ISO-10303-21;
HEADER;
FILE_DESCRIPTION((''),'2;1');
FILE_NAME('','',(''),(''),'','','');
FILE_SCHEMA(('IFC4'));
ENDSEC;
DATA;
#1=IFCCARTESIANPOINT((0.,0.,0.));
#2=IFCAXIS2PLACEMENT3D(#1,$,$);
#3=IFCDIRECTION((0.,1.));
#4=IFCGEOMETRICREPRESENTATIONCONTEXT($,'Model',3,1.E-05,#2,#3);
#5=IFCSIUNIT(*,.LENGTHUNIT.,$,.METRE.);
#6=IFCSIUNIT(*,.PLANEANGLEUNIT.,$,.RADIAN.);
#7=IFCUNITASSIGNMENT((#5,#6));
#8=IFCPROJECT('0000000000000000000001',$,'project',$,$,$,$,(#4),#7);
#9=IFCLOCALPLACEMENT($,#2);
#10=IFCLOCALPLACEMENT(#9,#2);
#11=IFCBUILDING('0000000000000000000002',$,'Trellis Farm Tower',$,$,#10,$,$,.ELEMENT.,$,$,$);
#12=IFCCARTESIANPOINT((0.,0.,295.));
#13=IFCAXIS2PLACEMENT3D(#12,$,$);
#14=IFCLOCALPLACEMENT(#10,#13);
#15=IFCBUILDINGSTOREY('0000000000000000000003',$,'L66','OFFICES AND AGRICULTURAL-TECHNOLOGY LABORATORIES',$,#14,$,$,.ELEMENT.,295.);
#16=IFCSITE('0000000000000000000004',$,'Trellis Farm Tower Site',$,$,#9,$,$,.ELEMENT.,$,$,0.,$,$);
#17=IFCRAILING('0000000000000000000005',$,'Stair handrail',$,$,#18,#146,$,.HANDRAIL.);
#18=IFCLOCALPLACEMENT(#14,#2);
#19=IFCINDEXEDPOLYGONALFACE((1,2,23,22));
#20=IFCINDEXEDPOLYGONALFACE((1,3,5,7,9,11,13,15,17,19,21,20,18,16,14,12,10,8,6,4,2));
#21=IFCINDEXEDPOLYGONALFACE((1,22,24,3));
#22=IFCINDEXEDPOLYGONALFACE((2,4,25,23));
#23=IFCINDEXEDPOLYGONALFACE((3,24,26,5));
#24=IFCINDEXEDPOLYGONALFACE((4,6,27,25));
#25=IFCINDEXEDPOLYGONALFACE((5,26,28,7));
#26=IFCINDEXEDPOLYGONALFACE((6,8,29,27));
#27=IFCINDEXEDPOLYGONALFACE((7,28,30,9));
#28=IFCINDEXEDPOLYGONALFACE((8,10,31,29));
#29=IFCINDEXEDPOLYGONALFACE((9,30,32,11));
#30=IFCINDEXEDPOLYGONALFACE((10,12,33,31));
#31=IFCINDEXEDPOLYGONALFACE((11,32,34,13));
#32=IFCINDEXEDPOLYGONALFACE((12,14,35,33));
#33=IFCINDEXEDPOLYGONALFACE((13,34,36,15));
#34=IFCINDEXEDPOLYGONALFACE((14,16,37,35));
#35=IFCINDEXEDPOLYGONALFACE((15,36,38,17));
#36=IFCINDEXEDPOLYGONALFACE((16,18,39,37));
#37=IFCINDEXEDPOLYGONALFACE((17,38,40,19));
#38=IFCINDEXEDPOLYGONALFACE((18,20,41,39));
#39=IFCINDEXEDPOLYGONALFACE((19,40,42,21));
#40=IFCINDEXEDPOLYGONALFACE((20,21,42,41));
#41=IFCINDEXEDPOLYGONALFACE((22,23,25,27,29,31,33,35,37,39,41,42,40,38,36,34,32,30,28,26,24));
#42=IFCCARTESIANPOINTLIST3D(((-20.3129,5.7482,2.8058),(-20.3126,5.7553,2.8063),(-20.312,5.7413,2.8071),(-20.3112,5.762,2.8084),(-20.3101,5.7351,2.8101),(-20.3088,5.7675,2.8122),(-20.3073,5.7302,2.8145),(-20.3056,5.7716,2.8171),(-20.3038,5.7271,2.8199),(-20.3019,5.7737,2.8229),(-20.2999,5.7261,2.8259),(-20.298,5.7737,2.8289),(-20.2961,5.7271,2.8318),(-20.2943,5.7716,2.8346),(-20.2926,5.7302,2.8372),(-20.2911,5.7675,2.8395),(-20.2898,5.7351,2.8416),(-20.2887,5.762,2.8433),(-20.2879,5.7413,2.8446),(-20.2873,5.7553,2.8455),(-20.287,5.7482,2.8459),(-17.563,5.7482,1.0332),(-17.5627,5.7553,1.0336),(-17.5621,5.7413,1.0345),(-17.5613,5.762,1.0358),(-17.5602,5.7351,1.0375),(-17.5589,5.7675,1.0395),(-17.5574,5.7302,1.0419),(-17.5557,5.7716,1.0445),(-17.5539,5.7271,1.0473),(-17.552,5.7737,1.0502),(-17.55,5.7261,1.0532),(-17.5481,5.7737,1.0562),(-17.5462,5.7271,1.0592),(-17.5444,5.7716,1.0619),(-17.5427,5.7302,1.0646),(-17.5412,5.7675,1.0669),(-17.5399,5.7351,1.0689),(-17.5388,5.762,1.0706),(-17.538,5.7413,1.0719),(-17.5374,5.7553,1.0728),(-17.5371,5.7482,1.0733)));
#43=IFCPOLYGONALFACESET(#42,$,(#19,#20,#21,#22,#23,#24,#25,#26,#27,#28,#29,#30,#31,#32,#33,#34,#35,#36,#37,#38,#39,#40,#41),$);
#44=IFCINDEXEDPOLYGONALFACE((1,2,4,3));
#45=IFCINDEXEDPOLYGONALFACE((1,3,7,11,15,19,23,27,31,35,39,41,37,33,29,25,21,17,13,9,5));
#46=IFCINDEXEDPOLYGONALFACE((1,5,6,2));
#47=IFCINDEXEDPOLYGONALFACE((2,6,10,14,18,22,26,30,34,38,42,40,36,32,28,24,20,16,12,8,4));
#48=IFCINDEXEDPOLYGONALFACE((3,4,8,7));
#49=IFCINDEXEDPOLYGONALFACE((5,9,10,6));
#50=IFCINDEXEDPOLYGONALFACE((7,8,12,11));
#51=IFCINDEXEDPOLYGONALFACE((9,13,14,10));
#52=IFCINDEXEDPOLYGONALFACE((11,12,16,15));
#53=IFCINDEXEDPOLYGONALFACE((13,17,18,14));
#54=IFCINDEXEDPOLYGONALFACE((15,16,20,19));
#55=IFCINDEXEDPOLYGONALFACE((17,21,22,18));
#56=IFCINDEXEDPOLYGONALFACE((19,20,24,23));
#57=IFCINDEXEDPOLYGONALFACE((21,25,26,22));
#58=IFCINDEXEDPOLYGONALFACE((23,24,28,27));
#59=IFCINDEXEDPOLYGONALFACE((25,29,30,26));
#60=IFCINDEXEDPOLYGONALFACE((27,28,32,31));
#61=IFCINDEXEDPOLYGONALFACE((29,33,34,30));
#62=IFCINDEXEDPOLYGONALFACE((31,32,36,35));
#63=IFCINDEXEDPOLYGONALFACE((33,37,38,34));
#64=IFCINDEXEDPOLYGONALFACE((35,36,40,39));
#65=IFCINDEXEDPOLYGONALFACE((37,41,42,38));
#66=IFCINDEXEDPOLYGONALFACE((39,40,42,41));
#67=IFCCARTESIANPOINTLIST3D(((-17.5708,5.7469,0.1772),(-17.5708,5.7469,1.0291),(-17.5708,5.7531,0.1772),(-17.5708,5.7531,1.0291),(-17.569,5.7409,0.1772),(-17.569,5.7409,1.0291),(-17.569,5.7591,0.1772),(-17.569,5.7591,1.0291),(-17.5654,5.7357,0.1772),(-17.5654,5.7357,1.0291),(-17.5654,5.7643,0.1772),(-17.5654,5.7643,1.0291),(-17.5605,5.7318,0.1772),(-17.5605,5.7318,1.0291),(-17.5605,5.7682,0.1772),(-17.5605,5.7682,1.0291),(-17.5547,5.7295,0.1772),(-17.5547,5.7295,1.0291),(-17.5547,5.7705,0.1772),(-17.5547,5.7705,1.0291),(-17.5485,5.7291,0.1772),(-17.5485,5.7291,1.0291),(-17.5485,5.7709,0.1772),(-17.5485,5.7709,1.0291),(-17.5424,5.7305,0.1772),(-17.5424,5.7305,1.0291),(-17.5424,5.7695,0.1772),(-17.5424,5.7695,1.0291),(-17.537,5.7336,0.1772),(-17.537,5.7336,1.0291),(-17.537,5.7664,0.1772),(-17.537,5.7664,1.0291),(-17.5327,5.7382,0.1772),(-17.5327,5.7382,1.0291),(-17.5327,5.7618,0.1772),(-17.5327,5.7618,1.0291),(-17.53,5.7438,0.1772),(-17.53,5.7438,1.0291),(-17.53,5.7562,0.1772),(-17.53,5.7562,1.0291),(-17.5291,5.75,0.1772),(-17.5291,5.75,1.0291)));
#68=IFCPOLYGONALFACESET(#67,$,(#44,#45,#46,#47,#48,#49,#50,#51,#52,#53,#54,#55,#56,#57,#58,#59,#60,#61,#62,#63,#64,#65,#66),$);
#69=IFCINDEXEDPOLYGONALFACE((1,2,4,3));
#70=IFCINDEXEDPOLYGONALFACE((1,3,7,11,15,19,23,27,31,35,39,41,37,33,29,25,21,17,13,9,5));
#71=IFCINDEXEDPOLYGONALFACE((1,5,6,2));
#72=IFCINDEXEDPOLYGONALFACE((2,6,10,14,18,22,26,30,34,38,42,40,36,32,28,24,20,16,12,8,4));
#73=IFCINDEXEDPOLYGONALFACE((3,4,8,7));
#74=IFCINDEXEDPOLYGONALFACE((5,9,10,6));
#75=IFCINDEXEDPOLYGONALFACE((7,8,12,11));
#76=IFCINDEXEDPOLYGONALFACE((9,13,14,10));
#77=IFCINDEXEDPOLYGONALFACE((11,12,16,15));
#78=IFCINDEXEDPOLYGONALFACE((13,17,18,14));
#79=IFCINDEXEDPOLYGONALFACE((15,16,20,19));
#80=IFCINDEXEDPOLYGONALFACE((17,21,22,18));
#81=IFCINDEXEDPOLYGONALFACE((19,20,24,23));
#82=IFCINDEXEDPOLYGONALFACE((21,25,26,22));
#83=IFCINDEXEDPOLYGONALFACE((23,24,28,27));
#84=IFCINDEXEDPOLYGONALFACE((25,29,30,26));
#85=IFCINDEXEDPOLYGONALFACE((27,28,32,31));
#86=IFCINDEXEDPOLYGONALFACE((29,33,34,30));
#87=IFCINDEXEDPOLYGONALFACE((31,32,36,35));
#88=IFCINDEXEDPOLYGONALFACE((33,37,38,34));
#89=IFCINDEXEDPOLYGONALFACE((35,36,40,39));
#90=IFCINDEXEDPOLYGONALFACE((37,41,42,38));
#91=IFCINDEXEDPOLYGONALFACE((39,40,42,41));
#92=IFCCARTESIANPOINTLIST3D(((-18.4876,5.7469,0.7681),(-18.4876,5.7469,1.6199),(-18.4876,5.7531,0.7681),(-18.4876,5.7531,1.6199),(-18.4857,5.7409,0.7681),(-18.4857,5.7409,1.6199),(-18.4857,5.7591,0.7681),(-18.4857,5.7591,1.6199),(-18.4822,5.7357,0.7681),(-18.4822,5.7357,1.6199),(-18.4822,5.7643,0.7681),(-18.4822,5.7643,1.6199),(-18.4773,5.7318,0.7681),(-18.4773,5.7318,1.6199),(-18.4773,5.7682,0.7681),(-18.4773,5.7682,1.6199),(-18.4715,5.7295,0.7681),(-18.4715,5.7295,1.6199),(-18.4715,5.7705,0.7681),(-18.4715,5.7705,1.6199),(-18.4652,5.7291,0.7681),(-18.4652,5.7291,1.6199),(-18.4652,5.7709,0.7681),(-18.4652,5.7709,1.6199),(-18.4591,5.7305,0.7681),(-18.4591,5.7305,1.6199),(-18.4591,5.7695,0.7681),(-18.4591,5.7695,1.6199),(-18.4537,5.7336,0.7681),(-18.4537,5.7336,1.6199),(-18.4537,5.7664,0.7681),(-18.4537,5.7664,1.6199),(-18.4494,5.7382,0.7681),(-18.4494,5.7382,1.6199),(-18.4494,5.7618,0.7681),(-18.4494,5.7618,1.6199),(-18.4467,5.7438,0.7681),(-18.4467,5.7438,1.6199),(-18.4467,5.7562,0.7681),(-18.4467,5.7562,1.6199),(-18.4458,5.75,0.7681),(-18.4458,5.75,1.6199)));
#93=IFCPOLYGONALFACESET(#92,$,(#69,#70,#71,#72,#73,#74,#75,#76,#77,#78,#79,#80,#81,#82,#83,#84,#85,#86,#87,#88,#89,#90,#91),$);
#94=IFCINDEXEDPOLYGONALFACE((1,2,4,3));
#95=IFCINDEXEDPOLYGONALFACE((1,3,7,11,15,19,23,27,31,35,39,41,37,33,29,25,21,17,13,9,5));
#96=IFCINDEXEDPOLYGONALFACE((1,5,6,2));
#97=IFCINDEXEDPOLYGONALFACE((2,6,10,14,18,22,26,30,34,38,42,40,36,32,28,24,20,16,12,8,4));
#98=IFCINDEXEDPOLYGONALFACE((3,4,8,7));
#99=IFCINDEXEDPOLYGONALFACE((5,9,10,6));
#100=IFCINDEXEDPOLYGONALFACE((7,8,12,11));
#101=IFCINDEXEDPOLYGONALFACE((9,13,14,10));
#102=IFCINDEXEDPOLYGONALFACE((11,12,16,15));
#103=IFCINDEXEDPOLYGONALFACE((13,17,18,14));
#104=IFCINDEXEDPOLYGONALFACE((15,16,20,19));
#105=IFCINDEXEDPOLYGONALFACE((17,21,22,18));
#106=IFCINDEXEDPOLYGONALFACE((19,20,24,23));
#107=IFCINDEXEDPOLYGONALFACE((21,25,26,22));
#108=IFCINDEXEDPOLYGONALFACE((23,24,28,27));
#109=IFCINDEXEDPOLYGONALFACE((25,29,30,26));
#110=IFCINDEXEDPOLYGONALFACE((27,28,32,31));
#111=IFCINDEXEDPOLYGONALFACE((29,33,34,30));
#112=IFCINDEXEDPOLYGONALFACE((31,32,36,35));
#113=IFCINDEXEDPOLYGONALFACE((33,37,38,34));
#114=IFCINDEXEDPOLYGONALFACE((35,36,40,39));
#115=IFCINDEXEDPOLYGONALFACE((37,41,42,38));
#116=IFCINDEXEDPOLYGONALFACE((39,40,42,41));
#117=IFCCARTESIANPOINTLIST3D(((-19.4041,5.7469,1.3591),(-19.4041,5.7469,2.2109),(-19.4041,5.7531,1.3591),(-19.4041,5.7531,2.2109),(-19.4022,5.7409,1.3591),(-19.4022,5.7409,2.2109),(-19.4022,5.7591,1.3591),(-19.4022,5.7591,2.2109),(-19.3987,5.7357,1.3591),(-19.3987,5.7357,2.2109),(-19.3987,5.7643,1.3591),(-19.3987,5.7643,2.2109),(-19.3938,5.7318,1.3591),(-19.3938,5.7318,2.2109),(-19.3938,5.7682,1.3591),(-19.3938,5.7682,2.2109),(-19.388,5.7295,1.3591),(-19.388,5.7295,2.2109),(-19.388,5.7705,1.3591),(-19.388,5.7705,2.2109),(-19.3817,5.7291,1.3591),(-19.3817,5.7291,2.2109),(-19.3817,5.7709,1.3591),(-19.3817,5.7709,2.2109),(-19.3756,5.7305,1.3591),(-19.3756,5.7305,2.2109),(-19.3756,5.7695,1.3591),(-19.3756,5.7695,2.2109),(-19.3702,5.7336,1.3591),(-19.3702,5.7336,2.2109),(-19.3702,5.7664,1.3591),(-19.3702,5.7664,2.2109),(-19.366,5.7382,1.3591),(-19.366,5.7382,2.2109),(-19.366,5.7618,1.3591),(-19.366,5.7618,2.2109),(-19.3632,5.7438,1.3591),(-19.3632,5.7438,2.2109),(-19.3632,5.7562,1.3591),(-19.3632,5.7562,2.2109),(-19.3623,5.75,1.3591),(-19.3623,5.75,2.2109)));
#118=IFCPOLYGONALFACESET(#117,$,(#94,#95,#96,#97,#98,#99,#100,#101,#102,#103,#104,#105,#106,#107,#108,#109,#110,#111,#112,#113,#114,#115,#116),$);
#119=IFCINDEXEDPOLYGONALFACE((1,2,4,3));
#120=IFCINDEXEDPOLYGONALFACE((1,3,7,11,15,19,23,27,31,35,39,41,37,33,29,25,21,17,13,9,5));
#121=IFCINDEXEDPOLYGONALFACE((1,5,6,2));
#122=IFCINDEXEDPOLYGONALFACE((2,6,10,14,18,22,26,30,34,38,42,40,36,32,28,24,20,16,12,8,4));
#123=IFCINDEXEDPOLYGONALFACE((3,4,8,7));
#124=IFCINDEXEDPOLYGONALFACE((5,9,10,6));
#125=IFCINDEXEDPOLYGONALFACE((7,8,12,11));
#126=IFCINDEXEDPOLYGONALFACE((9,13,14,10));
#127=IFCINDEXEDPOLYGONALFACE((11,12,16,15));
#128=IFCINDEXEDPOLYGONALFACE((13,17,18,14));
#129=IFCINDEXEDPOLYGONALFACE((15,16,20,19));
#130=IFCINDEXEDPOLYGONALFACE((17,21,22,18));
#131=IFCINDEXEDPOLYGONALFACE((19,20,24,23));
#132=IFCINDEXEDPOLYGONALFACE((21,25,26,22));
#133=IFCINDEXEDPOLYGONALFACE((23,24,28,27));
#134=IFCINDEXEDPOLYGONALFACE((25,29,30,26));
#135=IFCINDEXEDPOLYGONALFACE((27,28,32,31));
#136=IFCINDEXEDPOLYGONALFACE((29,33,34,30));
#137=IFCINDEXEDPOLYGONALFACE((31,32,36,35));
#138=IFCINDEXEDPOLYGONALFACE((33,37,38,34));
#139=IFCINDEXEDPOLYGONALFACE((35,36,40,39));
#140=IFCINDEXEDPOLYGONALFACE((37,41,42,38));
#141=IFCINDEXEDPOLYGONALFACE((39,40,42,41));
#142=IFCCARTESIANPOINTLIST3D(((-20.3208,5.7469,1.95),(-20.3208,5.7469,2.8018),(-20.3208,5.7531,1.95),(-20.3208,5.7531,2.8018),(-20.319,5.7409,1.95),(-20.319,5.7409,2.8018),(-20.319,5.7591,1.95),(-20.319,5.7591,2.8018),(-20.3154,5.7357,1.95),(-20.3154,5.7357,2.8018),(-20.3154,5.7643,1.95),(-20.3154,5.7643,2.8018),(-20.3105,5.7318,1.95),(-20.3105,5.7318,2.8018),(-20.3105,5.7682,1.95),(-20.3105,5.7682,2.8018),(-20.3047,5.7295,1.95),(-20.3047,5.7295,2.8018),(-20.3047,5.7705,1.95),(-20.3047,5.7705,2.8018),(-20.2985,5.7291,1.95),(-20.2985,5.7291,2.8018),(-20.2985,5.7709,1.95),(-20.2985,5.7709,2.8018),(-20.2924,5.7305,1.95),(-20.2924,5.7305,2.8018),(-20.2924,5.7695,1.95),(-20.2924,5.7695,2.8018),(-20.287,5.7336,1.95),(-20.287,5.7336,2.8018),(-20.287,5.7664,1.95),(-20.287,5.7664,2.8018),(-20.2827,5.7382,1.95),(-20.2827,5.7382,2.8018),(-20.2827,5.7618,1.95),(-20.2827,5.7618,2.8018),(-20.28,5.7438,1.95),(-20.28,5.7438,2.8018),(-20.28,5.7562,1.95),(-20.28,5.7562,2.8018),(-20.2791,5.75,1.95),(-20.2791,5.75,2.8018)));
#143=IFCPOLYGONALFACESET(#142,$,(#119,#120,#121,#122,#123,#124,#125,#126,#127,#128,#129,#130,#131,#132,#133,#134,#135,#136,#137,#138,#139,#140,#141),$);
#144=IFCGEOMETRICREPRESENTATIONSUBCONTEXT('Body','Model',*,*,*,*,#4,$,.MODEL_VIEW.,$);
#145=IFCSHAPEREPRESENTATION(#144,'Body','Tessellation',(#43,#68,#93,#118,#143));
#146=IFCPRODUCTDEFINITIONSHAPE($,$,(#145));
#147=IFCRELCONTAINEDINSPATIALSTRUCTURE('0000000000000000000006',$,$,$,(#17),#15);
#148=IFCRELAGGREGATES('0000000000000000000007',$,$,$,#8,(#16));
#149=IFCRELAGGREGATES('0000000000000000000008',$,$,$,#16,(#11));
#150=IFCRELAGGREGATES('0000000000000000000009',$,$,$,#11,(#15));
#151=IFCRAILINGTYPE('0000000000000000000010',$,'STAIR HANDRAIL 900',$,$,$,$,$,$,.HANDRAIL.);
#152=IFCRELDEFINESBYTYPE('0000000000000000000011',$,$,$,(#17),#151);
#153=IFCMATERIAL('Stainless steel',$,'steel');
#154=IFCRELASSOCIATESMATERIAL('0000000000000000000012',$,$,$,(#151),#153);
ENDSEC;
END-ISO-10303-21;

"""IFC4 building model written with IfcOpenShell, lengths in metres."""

from ifc_helpers import new_model, si_unit, direction, frame, origin, origin_2d, place, context, subcontext, project, spatial, circle, extrude, source, transform, mapped, material, type_object, element, save


model = new_model("IFC4")

# Units and contexts
model_context = context("Model", 3, precision=1e-05, world=origin(), true_north=direction((0.0, 1.0)))
body_context = subcontext(model_context, "Body", "Model", "MODEL_VIEW")
ifc_project = project(units=[si_unit("LENGTHUNIT", "METRE"), si_unit("PLANEANGLEUNIT", "RADIAN")], contexts=[model_context])

# Site, building, storey
site_placement = place(None, origin())
site = spatial("IfcSite", under=ifc_project, at=site_placement, Name="Trellis Farm Tower Site", CompositionType="ELEMENT", RefElevation=0.0)
building_placement = place(site_placement, origin())
building = spatial("IfcBuilding", under=site, at=building_placement, Name="Trellis Farm Tower", CompositionType="ELEMENT")
storey_placement = place(building_placement, frame((0.0, 0.0, 295.0)))
storey = spatial("IfcBuildingStorey", under=building, at=storey_placement, Name="L66", Description="OFFICES AND AGRICULTURAL-TECHNOLOGY LABORATORIES", CompositionType="ELEMENT", Elevation=295.0)

# Railing
ifc_material_1 = material(Name="Stainless steel", Category="steel")
railing_type = type_object("IfcRailingType", Name="STAIR HANDRAIL 900", PredefinedType="HANDRAIL", material=ifc_material_1)
shared_shape_1 = source(origin(), body_context, "Body", "SweptSolid", [
    extrude(circle(Radius=0.0239, at=origin_2d()), frame((0.0, 0.0, 0.876), z_axis=(-0.840504, 0.0, 0.541806), x_axis=(0.0, -1.0, 0.0)), (0.0, 0.0, 1.0), 3.2717),
    extrude(circle(Radius=0.021, at=origin_2d()), origin(), (0.0, 0.0, 1.0), 0.8518),
    extrude(circle(Radius=0.021, at=origin_2d()), frame((-0.9167, 0.0, 0.5908)), (0.0, 0.0, 1.0), 0.8518),
    extrude(circle(Radius=0.021, at=origin_2d()), frame((-1.8333, 0.0, 1.1819)), (0.0, 0.0, 1.0), 0.8518),
    extrude(circle(Radius=0.021, at=origin_2d()), frame((-2.75, 0.0, 1.7727)), (0.0, 0.0, 1.0), 0.8518),
])
railing_placement = place(storey_placement, frame((-17.55, 5.75, 0.1772)))
element("IfcRailing", 1, at=railing_placement, inside=storey, type_object=railing_type, Name="Stair handrail", PredefinedType="HANDRAIL", context=body_context, shape_type="MappedRepresentation", body=[
    mapped(shared_shape_1, transform((0.0, 0.0, 0.0))),
])

save(model, "model.ifc")
